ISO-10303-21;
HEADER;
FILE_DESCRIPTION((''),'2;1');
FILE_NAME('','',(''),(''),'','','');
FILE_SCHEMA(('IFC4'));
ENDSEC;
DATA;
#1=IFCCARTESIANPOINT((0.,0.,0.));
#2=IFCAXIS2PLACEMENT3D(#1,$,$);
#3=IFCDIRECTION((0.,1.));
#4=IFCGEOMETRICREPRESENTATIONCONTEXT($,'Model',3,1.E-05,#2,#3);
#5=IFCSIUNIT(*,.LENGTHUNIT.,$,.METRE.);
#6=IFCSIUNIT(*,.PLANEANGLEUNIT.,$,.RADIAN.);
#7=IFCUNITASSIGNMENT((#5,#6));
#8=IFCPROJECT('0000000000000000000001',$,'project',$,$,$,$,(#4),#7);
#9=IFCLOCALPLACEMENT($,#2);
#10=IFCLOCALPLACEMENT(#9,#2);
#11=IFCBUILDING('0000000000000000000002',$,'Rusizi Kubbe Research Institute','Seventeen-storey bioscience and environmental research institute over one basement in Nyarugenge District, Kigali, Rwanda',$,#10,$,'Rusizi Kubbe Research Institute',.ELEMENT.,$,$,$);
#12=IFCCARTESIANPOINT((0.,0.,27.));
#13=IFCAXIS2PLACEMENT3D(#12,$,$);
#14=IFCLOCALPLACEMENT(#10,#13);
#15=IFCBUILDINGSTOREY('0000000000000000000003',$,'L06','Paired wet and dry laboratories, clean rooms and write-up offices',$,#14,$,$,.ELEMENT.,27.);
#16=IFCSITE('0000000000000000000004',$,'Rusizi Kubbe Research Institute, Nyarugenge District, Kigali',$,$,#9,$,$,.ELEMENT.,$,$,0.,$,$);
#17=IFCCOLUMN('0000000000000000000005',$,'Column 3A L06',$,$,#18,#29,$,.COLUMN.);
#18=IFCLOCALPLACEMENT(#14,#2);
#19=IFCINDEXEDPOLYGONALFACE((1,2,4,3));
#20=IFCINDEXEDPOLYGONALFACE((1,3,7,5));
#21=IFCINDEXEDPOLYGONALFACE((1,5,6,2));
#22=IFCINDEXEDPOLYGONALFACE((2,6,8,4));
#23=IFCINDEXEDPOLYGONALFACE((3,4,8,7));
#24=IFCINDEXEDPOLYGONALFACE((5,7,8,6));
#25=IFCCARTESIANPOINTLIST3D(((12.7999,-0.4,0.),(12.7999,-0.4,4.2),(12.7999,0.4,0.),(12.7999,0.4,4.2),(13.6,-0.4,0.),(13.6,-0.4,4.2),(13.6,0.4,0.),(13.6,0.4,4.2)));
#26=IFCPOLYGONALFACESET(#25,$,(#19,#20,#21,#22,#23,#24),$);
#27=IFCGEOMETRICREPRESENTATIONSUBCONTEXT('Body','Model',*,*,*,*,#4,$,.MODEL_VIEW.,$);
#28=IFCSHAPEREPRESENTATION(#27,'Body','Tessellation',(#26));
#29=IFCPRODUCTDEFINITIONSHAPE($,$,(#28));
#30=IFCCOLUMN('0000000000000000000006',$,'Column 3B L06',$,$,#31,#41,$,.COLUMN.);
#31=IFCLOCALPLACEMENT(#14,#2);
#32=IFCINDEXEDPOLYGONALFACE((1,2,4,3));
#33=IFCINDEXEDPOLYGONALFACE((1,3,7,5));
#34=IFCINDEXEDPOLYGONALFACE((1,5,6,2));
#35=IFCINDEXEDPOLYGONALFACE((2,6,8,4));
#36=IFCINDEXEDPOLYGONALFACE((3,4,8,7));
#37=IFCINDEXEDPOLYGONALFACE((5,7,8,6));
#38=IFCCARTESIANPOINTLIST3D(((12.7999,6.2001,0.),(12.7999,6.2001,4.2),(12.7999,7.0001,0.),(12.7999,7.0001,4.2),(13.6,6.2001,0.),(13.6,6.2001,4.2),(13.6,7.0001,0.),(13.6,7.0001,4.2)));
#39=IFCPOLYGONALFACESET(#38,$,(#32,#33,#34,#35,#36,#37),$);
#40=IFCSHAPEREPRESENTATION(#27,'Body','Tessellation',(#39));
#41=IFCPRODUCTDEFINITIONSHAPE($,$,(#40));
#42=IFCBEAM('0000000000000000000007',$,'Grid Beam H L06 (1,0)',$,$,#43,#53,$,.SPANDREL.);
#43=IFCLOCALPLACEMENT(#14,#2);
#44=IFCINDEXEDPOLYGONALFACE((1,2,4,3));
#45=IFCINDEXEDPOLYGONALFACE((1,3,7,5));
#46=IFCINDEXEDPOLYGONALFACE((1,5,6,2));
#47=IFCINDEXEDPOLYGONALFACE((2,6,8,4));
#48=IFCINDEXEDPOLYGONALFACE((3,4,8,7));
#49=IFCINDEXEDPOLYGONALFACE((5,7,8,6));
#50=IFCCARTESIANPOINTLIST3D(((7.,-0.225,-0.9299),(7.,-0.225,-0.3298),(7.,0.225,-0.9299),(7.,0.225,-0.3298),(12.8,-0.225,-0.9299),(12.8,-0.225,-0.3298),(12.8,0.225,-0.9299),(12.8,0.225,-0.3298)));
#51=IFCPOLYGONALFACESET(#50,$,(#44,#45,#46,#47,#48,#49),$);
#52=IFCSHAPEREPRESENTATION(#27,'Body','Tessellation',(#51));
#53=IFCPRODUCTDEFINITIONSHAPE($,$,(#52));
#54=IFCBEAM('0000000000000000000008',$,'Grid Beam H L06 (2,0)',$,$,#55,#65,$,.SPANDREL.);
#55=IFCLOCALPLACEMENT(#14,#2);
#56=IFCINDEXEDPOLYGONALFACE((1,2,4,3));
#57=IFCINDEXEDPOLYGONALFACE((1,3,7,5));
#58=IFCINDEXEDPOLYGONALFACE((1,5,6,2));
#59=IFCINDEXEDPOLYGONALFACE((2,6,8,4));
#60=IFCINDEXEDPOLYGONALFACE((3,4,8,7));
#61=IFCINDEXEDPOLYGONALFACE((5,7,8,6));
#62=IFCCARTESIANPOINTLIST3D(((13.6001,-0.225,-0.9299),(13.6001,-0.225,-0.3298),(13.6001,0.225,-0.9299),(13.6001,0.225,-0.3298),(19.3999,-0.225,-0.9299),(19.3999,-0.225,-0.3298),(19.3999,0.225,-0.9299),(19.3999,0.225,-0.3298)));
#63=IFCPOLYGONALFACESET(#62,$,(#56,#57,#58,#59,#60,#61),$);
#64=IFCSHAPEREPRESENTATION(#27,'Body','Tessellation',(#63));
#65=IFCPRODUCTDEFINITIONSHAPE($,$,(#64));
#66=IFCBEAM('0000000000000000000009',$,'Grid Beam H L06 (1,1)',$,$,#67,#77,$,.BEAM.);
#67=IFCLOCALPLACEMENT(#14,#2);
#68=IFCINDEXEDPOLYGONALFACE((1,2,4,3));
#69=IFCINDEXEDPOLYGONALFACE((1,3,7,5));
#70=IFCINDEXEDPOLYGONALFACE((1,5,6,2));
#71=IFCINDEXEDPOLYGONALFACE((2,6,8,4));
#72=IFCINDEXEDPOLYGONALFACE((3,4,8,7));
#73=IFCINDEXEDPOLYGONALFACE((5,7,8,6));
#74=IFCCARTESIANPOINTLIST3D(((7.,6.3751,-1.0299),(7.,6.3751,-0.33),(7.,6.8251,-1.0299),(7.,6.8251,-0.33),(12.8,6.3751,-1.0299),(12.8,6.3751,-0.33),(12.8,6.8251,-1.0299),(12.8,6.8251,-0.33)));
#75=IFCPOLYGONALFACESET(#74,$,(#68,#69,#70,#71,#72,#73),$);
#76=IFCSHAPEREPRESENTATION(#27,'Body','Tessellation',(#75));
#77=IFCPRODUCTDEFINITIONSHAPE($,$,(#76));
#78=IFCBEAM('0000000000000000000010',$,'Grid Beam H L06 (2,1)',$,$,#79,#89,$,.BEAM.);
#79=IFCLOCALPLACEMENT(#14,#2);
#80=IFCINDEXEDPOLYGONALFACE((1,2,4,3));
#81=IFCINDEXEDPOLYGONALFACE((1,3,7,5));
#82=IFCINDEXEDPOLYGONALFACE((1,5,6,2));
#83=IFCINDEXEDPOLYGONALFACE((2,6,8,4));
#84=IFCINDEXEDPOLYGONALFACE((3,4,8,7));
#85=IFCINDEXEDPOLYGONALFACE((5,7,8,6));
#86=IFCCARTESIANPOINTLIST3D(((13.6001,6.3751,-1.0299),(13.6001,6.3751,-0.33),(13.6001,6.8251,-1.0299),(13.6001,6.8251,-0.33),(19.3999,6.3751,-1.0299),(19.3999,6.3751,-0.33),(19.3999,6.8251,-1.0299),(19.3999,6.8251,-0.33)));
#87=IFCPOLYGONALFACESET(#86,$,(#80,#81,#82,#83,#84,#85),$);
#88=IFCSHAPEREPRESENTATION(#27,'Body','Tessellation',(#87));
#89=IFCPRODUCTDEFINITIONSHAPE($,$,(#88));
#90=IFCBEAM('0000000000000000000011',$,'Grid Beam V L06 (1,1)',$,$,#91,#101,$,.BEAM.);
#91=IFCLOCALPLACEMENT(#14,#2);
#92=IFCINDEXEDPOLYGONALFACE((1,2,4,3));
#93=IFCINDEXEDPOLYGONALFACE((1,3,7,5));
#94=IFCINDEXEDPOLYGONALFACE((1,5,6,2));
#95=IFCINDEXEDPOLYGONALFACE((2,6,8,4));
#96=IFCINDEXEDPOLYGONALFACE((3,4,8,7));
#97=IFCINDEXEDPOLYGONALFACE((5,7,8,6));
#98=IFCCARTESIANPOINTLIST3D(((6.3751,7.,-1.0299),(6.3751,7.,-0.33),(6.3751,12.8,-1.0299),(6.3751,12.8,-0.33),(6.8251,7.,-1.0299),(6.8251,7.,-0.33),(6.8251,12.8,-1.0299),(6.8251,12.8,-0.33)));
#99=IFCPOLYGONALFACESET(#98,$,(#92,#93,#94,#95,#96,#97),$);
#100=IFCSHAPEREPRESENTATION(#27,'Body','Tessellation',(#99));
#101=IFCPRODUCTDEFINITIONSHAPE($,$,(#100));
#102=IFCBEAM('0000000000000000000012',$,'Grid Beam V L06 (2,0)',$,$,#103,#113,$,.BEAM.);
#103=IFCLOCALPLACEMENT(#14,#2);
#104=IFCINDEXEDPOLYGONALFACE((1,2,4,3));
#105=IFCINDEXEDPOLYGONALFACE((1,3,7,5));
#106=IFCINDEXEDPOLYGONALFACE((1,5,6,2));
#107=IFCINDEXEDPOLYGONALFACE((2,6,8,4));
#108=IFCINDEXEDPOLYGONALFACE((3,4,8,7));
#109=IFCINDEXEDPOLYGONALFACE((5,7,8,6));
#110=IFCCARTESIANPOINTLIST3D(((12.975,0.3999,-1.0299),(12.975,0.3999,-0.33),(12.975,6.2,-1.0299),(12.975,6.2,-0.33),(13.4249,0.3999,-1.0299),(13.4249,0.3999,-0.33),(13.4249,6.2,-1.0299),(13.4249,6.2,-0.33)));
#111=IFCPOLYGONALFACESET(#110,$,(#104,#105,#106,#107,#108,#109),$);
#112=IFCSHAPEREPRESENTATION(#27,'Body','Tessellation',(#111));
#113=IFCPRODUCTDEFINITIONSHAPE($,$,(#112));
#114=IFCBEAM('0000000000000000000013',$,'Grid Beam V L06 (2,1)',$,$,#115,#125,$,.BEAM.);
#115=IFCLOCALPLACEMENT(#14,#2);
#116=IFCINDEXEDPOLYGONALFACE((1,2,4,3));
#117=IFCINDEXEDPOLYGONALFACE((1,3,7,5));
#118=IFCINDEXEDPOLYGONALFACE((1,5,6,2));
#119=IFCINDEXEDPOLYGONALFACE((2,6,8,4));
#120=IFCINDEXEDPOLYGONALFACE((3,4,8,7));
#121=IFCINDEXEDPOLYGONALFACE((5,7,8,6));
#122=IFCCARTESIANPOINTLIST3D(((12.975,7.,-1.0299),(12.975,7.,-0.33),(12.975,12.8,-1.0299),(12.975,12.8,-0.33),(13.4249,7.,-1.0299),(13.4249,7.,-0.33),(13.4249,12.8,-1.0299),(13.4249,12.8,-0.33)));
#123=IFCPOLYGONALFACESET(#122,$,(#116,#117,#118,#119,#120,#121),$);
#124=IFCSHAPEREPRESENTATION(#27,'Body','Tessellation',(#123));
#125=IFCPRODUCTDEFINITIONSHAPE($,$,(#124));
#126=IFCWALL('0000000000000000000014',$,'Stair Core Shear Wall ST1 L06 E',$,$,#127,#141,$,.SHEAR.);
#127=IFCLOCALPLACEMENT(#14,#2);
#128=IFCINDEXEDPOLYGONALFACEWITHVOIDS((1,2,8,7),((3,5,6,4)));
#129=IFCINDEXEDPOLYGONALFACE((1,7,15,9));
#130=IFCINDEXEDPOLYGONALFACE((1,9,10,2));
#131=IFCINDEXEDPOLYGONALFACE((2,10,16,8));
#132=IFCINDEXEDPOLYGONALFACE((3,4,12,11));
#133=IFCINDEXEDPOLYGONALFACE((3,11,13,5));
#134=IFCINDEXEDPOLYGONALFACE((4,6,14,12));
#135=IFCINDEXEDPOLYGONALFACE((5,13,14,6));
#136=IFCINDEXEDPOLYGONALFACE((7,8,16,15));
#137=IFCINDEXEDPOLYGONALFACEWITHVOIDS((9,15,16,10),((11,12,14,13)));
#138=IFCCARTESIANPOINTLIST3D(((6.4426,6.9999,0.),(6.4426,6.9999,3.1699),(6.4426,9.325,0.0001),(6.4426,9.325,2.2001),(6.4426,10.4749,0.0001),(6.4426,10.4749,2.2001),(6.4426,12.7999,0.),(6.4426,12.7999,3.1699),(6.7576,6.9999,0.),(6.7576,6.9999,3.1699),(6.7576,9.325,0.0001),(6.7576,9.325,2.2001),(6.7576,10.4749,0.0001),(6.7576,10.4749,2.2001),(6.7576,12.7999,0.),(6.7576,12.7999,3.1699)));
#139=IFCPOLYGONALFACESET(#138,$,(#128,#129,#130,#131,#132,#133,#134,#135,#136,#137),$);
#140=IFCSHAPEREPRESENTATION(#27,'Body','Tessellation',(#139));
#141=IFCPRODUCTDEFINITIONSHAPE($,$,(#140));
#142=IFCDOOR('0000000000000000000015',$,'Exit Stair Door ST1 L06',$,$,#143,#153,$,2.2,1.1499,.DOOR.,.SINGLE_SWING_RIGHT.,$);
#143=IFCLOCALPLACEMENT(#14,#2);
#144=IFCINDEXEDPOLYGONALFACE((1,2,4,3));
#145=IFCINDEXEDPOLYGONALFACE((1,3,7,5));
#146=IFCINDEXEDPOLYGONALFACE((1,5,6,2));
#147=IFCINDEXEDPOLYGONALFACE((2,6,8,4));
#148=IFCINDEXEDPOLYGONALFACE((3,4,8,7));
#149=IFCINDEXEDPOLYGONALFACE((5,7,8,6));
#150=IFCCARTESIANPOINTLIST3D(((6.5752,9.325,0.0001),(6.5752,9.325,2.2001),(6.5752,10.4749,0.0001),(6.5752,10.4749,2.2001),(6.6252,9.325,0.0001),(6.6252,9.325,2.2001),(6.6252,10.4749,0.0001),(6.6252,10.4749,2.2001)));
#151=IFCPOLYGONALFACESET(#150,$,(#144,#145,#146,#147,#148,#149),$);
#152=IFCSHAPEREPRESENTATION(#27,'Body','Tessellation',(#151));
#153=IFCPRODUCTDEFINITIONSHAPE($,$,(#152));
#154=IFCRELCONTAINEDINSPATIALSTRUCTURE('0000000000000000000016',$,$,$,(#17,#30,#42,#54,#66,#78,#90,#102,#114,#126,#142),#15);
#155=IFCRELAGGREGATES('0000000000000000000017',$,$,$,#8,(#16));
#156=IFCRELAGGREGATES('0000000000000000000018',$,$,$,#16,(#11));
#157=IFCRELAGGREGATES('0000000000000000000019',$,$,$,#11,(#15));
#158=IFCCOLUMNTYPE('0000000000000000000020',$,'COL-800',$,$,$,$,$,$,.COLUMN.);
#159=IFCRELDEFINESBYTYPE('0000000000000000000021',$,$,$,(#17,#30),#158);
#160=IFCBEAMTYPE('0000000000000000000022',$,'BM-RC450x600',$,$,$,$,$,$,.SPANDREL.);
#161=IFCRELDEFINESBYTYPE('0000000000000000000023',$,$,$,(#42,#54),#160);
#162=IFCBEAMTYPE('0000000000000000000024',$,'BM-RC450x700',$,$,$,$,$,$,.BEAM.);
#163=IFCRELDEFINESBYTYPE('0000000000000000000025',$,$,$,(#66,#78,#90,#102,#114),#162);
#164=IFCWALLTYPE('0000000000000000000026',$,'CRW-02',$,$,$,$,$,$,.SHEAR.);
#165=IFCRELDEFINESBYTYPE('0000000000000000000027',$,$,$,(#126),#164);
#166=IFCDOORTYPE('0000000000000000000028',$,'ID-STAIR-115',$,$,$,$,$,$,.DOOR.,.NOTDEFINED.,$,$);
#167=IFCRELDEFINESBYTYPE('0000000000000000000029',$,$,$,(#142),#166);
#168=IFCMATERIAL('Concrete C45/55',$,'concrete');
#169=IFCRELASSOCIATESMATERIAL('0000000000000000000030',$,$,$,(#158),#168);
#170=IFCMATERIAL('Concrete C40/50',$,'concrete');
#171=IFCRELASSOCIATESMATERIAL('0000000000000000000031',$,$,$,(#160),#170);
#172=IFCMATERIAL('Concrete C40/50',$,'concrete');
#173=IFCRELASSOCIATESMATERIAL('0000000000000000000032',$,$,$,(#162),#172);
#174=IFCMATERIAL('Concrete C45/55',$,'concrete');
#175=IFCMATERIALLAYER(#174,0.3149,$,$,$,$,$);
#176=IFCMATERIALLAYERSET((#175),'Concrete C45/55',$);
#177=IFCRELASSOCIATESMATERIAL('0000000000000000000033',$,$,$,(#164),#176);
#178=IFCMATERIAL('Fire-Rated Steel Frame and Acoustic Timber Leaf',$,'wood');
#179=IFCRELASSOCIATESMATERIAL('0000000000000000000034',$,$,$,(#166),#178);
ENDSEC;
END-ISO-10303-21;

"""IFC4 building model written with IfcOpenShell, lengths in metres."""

from ifc_helpers import new_model, si_unit, direction, frame, frame_2d, origin, origin_2d, place, context, subcontext, project, spatial, rectangle, extrude, material, layer, layer_set, material_profile, profile_set, type_object, element, fill, save


model = new_model("IFC4")

# Units and contexts
model_context = context("Model", 3, precision=1e-05, world=origin(), true_north=direction((0.0, 1.0)))
body_context = subcontext(model_context, "Body", "Model", "MODEL_VIEW")
ifc_project = project(units=[si_unit("LENGTHUNIT", "METRE"), si_unit("PLANEANGLEUNIT", "RADIAN")], contexts=[model_context])

# Site, building, storey
site_placement = place(None, origin())
site = spatial("IfcSite", under=ifc_project, at=site_placement, Name="Rusizi Kubbe Research Institute, Nyarugenge District, Kigali", CompositionType="ELEMENT", RefElevation=0.0)
building_placement = place(site_placement, origin())
building = spatial("IfcBuilding", under=site, at=building_placement, Name="Rusizi Kubbe Research Institute", Description="Seventeen-storey bioscience and environmental research institute over one basement in Nyarugenge District, Kigali, Rwanda", LongName="Rusizi Kubbe Research Institute", CompositionType="ELEMENT")
storey_placement = place(building_placement, frame((0.0, 0.0, 27.0)))
storey = spatial("IfcBuildingStorey", under=building, at=storey_placement, Name="L06", Description="Paired wet and dry laboratories, clean rooms and write-up offices", CompositionType="ELEMENT", Elevation=27.0)

# Columns
ifc_material_1 = material(Name="Concrete C45/55", Category="concrete")
ifc_material_profile_1 = material_profile(ifc_material_1, rectangle(XDim=0.8, YDim=0.8, at=origin_2d()), Name="RC800x800")
ifc_profile_set_1 = profile_set([ifc_material_profile_1], Name="Concrete C45/55")
column_type = type_object("IfcColumnType", Name="COL-800", PredefinedType="COLUMN", material=ifc_profile_set_1)
for number, where, z_axis, x_axis, name in (
    (1, (13.2, 0.0, 0.0), (0.0, 0.0, 1.0), (1.0, 0.0, 0.0), "Column 3A L06"),
    (2, (13.2, 6.6001, 0.0), (0.0, 0.0, 1.0), (1.0, 0.0, 0.0), "Column 3B L06"),
):
    element("IfcColumn", number, at=place(storey_placement, frame(where, z_axis=z_axis, x_axis=x_axis)), inside=storey, type_object=column_type, Name=name, PredefinedType="COLUMN", context=body_context, shape_type="SweptSolid", body=[
        extrude(rectangle(XDim=0.8, YDim=0.8, at=origin_2d()), origin(), (0.0, 0.0, 1.0), 4.2),
    ])

# Beams
ifc_material_2 = material(Name="Concrete C40/50", Category="concrete")
ifc_material_profile_2 = material_profile(ifc_material_2, rectangle(XDim=0.45, YDim=0.6001, at=origin_2d()), Name="RC450x600")
ifc_profile_set_2 = profile_set([ifc_material_profile_2], Name="Concrete C40/50")
beam_type_1 = type_object("IfcBeamType", Name="BM-RC450x600", PredefinedType="SPANDREL", material=ifc_profile_set_2)
beam_1_placement = place(storey_placement, frame((7.0, 0.0, -0.6299), z_axis=(1.0, 0.0, 0.0), x_axis=(0.0, 1.0, 0.0)))
element("IfcBeam", 3, at=beam_1_placement, inside=storey, type_object=beam_type_1, Name="Grid Beam H L06 (1,0)", PredefinedType="SPANDREL", context=body_context, shape_type="SweptSolid", body=[
    extrude(rectangle(XDim=0.45, YDim=0.6001, at=origin_2d()), origin(), (0.0, 0.0, 1.0), 5.8),
])
beam_2_placement = place(storey_placement, frame((13.6001, 0.0, -0.6299), z_axis=(1.0, 0.0, 0.0), x_axis=(0.0, 1.0, 0.0)))
element("IfcBeam", 4, at=beam_2_placement, inside=storey, type_object=beam_type_1, Name="Grid Beam H L06 (2,0)", PredefinedType="SPANDREL", context=body_context, shape_type="SweptSolid", body=[
    extrude(rectangle(XDim=0.45, YDim=0.6001, at=origin_2d()), origin(), (0.0, 0.0, 1.0), 5.7998),
])
ifc_material_3 = material(Name="Concrete C40/50", Category="concrete")
ifc_material_profile_3 = material_profile(ifc_material_3, rectangle(XDim=0.45, YDim=0.7, at=origin_2d()), Name="RC450x700B")
ifc_profile_set_3 = profile_set([ifc_material_profile_3], Name="Concrete C40/50")
beam_type_2 = type_object("IfcBeamType", Name="BM-RC450x700", PredefinedType="BEAM", material=ifc_profile_set_3)
beam_3_placement = place(storey_placement, frame((7.0, 6.6001, -0.6799), z_axis=(1.0, 0.0, 0.0), x_axis=(0.0, 1.0, 0.0)))
element("IfcBeam", 5, at=beam_3_placement, inside=storey, type_object=beam_type_2, Name="Grid Beam H L06 (1,1)", PredefinedType="BEAM", context=body_context, shape_type="SweptSolid", body=[
    extrude(rectangle(XDim=0.45, YDim=0.7, at=origin_2d()), origin(), (0.0, 0.0, 1.0), 5.8),
])
beam_4_placement = place(storey_placement, frame((13.6001, 6.6001, -0.6799), z_axis=(1.0, 0.0, 0.0), x_axis=(0.0, 1.0, 0.0)))
element("IfcBeam", 6, at=beam_4_placement, inside=storey, type_object=beam_type_2, Name="Grid Beam H L06 (2,1)", PredefinedType="BEAM", context=body_context, shape_type="SweptSolid", body=[
    extrude(rectangle(XDim=0.45, YDim=0.7, at=origin_2d()), origin(), (0.0, 0.0, 1.0), 5.7998),
])
for number, where, z_axis, x_axis, name in (
    (7, (6.6001, 7.0, -0.6799), (0.0, 1.0, 0.0), (-1.0, 0.0, 0.0), "Grid Beam V L06 (1,1)"),
    (8, (13.2, 0.3999, -0.6799), (0.0, 1.0, 0.0), (-1.0, 0.0, 0.0), "Grid Beam V L06 (2,0)"),
    (9, (13.2, 7.0, -0.6799), (0.0, 1.0, 0.0), (-1.0, 0.0, 0.0), "Grid Beam V L06 (2,1)"),
):
    element("IfcBeam", number, at=place(storey_placement, frame(where, z_axis=z_axis, x_axis=x_axis)), inside=storey, type_object=beam_type_2, Name=name, PredefinedType="BEAM", context=body_context, shape_type="SweptSolid", body=[
        extrude(rectangle(XDim=0.45, YDim=0.7, at=origin_2d()), origin(), (0.0, 0.0, 1.0), 5.8),
    ])

# Wall, opening, door
ifc_material_4 = material(Name="Concrete C45/55", Category="concrete")
ifc_layer_1 = layer(ifc_material_4, 0.3149)
ifc_layer_set_1 = layer_set([ifc_layer_1], Name="Concrete C45/55")
wall_type_1 = type_object("IfcWallType", Name="CRW-02", PredefinedType="SHEAR", material=ifc_layer_set_1)
wall_1_placement = place(storey_placement, frame((6.6001, 7.0, 0.0), z_axis=(0.0, 0.0, 1.0), x_axis=(0.0, 1.0, 0.0)))
wall_1 = element("IfcWall", 10, at=wall_1_placement, inside=storey, type_object=wall_type_1, Name="Stair Core Shear Wall ST1 L06 E", PredefinedType="SHEAR", context=body_context, shape_type="SweptSolid", body=[
    extrude(rectangle(XDim=5.8, YDim=0.3149, at=frame_2d((2.8999, 0.0))), origin(), (0.0, 0.0, 1.0), 3.1699),
])
opening_1_placement = place(wall_1_placement, frame((2.325, 0.0, 0.0)))
opening_1 = element("IfcOpeningElement", 11, at=opening_1_placement, cuts=wall_1, PredefinedType="OPENING", context=body_context, shape_type="SweptSolid", body=[
    extrude(rectangle(XDim=1.1499, YDim=2.2, at=frame_2d((0.575, 1.1001))), frame((0.0, 0.1675, 0.0), z_axis=(0.0, -1.0, 0.0), x_axis=(1.0, 0.0, 0.0)), (0.0, 0.0, 1.0), 0.335),
])
ifc_material_5 = material(Name="Fire-Rated Steel Frame and Acoustic Timber Leaf", Category="wood")
door_type_1 = type_object("IfcDoorType", Name="ID-STAIR-115", OperationType="NOTDEFINED", PredefinedType="DOOR", material=ifc_material_5)
door_1_placement = place(opening_1_placement, origin())
door_1 = element("IfcDoor", 12, at=door_1_placement, inside=storey, type_object=door_type_1, Name="Exit Stair Door ST1 L06", OperationType="SINGLE_SWING_RIGHT", OverallHeight=2.2, OverallWidth=1.1499, PredefinedType="DOOR", context=body_context, shape_type="SweptSolid", body=[
    extrude(rectangle(XDim=1.1499, YDim=2.2, at=frame_2d((0.575, 1.1001))), frame((0.0, 0.0249, 0.0), z_axis=(0.0, -1.0, 0.0), x_axis=(1.0, 0.0, 0.0)), (0.0, 0.0, 1.0), 0.05),
])
fill(opening_1, door_1)

save(model, "model.ifc")
